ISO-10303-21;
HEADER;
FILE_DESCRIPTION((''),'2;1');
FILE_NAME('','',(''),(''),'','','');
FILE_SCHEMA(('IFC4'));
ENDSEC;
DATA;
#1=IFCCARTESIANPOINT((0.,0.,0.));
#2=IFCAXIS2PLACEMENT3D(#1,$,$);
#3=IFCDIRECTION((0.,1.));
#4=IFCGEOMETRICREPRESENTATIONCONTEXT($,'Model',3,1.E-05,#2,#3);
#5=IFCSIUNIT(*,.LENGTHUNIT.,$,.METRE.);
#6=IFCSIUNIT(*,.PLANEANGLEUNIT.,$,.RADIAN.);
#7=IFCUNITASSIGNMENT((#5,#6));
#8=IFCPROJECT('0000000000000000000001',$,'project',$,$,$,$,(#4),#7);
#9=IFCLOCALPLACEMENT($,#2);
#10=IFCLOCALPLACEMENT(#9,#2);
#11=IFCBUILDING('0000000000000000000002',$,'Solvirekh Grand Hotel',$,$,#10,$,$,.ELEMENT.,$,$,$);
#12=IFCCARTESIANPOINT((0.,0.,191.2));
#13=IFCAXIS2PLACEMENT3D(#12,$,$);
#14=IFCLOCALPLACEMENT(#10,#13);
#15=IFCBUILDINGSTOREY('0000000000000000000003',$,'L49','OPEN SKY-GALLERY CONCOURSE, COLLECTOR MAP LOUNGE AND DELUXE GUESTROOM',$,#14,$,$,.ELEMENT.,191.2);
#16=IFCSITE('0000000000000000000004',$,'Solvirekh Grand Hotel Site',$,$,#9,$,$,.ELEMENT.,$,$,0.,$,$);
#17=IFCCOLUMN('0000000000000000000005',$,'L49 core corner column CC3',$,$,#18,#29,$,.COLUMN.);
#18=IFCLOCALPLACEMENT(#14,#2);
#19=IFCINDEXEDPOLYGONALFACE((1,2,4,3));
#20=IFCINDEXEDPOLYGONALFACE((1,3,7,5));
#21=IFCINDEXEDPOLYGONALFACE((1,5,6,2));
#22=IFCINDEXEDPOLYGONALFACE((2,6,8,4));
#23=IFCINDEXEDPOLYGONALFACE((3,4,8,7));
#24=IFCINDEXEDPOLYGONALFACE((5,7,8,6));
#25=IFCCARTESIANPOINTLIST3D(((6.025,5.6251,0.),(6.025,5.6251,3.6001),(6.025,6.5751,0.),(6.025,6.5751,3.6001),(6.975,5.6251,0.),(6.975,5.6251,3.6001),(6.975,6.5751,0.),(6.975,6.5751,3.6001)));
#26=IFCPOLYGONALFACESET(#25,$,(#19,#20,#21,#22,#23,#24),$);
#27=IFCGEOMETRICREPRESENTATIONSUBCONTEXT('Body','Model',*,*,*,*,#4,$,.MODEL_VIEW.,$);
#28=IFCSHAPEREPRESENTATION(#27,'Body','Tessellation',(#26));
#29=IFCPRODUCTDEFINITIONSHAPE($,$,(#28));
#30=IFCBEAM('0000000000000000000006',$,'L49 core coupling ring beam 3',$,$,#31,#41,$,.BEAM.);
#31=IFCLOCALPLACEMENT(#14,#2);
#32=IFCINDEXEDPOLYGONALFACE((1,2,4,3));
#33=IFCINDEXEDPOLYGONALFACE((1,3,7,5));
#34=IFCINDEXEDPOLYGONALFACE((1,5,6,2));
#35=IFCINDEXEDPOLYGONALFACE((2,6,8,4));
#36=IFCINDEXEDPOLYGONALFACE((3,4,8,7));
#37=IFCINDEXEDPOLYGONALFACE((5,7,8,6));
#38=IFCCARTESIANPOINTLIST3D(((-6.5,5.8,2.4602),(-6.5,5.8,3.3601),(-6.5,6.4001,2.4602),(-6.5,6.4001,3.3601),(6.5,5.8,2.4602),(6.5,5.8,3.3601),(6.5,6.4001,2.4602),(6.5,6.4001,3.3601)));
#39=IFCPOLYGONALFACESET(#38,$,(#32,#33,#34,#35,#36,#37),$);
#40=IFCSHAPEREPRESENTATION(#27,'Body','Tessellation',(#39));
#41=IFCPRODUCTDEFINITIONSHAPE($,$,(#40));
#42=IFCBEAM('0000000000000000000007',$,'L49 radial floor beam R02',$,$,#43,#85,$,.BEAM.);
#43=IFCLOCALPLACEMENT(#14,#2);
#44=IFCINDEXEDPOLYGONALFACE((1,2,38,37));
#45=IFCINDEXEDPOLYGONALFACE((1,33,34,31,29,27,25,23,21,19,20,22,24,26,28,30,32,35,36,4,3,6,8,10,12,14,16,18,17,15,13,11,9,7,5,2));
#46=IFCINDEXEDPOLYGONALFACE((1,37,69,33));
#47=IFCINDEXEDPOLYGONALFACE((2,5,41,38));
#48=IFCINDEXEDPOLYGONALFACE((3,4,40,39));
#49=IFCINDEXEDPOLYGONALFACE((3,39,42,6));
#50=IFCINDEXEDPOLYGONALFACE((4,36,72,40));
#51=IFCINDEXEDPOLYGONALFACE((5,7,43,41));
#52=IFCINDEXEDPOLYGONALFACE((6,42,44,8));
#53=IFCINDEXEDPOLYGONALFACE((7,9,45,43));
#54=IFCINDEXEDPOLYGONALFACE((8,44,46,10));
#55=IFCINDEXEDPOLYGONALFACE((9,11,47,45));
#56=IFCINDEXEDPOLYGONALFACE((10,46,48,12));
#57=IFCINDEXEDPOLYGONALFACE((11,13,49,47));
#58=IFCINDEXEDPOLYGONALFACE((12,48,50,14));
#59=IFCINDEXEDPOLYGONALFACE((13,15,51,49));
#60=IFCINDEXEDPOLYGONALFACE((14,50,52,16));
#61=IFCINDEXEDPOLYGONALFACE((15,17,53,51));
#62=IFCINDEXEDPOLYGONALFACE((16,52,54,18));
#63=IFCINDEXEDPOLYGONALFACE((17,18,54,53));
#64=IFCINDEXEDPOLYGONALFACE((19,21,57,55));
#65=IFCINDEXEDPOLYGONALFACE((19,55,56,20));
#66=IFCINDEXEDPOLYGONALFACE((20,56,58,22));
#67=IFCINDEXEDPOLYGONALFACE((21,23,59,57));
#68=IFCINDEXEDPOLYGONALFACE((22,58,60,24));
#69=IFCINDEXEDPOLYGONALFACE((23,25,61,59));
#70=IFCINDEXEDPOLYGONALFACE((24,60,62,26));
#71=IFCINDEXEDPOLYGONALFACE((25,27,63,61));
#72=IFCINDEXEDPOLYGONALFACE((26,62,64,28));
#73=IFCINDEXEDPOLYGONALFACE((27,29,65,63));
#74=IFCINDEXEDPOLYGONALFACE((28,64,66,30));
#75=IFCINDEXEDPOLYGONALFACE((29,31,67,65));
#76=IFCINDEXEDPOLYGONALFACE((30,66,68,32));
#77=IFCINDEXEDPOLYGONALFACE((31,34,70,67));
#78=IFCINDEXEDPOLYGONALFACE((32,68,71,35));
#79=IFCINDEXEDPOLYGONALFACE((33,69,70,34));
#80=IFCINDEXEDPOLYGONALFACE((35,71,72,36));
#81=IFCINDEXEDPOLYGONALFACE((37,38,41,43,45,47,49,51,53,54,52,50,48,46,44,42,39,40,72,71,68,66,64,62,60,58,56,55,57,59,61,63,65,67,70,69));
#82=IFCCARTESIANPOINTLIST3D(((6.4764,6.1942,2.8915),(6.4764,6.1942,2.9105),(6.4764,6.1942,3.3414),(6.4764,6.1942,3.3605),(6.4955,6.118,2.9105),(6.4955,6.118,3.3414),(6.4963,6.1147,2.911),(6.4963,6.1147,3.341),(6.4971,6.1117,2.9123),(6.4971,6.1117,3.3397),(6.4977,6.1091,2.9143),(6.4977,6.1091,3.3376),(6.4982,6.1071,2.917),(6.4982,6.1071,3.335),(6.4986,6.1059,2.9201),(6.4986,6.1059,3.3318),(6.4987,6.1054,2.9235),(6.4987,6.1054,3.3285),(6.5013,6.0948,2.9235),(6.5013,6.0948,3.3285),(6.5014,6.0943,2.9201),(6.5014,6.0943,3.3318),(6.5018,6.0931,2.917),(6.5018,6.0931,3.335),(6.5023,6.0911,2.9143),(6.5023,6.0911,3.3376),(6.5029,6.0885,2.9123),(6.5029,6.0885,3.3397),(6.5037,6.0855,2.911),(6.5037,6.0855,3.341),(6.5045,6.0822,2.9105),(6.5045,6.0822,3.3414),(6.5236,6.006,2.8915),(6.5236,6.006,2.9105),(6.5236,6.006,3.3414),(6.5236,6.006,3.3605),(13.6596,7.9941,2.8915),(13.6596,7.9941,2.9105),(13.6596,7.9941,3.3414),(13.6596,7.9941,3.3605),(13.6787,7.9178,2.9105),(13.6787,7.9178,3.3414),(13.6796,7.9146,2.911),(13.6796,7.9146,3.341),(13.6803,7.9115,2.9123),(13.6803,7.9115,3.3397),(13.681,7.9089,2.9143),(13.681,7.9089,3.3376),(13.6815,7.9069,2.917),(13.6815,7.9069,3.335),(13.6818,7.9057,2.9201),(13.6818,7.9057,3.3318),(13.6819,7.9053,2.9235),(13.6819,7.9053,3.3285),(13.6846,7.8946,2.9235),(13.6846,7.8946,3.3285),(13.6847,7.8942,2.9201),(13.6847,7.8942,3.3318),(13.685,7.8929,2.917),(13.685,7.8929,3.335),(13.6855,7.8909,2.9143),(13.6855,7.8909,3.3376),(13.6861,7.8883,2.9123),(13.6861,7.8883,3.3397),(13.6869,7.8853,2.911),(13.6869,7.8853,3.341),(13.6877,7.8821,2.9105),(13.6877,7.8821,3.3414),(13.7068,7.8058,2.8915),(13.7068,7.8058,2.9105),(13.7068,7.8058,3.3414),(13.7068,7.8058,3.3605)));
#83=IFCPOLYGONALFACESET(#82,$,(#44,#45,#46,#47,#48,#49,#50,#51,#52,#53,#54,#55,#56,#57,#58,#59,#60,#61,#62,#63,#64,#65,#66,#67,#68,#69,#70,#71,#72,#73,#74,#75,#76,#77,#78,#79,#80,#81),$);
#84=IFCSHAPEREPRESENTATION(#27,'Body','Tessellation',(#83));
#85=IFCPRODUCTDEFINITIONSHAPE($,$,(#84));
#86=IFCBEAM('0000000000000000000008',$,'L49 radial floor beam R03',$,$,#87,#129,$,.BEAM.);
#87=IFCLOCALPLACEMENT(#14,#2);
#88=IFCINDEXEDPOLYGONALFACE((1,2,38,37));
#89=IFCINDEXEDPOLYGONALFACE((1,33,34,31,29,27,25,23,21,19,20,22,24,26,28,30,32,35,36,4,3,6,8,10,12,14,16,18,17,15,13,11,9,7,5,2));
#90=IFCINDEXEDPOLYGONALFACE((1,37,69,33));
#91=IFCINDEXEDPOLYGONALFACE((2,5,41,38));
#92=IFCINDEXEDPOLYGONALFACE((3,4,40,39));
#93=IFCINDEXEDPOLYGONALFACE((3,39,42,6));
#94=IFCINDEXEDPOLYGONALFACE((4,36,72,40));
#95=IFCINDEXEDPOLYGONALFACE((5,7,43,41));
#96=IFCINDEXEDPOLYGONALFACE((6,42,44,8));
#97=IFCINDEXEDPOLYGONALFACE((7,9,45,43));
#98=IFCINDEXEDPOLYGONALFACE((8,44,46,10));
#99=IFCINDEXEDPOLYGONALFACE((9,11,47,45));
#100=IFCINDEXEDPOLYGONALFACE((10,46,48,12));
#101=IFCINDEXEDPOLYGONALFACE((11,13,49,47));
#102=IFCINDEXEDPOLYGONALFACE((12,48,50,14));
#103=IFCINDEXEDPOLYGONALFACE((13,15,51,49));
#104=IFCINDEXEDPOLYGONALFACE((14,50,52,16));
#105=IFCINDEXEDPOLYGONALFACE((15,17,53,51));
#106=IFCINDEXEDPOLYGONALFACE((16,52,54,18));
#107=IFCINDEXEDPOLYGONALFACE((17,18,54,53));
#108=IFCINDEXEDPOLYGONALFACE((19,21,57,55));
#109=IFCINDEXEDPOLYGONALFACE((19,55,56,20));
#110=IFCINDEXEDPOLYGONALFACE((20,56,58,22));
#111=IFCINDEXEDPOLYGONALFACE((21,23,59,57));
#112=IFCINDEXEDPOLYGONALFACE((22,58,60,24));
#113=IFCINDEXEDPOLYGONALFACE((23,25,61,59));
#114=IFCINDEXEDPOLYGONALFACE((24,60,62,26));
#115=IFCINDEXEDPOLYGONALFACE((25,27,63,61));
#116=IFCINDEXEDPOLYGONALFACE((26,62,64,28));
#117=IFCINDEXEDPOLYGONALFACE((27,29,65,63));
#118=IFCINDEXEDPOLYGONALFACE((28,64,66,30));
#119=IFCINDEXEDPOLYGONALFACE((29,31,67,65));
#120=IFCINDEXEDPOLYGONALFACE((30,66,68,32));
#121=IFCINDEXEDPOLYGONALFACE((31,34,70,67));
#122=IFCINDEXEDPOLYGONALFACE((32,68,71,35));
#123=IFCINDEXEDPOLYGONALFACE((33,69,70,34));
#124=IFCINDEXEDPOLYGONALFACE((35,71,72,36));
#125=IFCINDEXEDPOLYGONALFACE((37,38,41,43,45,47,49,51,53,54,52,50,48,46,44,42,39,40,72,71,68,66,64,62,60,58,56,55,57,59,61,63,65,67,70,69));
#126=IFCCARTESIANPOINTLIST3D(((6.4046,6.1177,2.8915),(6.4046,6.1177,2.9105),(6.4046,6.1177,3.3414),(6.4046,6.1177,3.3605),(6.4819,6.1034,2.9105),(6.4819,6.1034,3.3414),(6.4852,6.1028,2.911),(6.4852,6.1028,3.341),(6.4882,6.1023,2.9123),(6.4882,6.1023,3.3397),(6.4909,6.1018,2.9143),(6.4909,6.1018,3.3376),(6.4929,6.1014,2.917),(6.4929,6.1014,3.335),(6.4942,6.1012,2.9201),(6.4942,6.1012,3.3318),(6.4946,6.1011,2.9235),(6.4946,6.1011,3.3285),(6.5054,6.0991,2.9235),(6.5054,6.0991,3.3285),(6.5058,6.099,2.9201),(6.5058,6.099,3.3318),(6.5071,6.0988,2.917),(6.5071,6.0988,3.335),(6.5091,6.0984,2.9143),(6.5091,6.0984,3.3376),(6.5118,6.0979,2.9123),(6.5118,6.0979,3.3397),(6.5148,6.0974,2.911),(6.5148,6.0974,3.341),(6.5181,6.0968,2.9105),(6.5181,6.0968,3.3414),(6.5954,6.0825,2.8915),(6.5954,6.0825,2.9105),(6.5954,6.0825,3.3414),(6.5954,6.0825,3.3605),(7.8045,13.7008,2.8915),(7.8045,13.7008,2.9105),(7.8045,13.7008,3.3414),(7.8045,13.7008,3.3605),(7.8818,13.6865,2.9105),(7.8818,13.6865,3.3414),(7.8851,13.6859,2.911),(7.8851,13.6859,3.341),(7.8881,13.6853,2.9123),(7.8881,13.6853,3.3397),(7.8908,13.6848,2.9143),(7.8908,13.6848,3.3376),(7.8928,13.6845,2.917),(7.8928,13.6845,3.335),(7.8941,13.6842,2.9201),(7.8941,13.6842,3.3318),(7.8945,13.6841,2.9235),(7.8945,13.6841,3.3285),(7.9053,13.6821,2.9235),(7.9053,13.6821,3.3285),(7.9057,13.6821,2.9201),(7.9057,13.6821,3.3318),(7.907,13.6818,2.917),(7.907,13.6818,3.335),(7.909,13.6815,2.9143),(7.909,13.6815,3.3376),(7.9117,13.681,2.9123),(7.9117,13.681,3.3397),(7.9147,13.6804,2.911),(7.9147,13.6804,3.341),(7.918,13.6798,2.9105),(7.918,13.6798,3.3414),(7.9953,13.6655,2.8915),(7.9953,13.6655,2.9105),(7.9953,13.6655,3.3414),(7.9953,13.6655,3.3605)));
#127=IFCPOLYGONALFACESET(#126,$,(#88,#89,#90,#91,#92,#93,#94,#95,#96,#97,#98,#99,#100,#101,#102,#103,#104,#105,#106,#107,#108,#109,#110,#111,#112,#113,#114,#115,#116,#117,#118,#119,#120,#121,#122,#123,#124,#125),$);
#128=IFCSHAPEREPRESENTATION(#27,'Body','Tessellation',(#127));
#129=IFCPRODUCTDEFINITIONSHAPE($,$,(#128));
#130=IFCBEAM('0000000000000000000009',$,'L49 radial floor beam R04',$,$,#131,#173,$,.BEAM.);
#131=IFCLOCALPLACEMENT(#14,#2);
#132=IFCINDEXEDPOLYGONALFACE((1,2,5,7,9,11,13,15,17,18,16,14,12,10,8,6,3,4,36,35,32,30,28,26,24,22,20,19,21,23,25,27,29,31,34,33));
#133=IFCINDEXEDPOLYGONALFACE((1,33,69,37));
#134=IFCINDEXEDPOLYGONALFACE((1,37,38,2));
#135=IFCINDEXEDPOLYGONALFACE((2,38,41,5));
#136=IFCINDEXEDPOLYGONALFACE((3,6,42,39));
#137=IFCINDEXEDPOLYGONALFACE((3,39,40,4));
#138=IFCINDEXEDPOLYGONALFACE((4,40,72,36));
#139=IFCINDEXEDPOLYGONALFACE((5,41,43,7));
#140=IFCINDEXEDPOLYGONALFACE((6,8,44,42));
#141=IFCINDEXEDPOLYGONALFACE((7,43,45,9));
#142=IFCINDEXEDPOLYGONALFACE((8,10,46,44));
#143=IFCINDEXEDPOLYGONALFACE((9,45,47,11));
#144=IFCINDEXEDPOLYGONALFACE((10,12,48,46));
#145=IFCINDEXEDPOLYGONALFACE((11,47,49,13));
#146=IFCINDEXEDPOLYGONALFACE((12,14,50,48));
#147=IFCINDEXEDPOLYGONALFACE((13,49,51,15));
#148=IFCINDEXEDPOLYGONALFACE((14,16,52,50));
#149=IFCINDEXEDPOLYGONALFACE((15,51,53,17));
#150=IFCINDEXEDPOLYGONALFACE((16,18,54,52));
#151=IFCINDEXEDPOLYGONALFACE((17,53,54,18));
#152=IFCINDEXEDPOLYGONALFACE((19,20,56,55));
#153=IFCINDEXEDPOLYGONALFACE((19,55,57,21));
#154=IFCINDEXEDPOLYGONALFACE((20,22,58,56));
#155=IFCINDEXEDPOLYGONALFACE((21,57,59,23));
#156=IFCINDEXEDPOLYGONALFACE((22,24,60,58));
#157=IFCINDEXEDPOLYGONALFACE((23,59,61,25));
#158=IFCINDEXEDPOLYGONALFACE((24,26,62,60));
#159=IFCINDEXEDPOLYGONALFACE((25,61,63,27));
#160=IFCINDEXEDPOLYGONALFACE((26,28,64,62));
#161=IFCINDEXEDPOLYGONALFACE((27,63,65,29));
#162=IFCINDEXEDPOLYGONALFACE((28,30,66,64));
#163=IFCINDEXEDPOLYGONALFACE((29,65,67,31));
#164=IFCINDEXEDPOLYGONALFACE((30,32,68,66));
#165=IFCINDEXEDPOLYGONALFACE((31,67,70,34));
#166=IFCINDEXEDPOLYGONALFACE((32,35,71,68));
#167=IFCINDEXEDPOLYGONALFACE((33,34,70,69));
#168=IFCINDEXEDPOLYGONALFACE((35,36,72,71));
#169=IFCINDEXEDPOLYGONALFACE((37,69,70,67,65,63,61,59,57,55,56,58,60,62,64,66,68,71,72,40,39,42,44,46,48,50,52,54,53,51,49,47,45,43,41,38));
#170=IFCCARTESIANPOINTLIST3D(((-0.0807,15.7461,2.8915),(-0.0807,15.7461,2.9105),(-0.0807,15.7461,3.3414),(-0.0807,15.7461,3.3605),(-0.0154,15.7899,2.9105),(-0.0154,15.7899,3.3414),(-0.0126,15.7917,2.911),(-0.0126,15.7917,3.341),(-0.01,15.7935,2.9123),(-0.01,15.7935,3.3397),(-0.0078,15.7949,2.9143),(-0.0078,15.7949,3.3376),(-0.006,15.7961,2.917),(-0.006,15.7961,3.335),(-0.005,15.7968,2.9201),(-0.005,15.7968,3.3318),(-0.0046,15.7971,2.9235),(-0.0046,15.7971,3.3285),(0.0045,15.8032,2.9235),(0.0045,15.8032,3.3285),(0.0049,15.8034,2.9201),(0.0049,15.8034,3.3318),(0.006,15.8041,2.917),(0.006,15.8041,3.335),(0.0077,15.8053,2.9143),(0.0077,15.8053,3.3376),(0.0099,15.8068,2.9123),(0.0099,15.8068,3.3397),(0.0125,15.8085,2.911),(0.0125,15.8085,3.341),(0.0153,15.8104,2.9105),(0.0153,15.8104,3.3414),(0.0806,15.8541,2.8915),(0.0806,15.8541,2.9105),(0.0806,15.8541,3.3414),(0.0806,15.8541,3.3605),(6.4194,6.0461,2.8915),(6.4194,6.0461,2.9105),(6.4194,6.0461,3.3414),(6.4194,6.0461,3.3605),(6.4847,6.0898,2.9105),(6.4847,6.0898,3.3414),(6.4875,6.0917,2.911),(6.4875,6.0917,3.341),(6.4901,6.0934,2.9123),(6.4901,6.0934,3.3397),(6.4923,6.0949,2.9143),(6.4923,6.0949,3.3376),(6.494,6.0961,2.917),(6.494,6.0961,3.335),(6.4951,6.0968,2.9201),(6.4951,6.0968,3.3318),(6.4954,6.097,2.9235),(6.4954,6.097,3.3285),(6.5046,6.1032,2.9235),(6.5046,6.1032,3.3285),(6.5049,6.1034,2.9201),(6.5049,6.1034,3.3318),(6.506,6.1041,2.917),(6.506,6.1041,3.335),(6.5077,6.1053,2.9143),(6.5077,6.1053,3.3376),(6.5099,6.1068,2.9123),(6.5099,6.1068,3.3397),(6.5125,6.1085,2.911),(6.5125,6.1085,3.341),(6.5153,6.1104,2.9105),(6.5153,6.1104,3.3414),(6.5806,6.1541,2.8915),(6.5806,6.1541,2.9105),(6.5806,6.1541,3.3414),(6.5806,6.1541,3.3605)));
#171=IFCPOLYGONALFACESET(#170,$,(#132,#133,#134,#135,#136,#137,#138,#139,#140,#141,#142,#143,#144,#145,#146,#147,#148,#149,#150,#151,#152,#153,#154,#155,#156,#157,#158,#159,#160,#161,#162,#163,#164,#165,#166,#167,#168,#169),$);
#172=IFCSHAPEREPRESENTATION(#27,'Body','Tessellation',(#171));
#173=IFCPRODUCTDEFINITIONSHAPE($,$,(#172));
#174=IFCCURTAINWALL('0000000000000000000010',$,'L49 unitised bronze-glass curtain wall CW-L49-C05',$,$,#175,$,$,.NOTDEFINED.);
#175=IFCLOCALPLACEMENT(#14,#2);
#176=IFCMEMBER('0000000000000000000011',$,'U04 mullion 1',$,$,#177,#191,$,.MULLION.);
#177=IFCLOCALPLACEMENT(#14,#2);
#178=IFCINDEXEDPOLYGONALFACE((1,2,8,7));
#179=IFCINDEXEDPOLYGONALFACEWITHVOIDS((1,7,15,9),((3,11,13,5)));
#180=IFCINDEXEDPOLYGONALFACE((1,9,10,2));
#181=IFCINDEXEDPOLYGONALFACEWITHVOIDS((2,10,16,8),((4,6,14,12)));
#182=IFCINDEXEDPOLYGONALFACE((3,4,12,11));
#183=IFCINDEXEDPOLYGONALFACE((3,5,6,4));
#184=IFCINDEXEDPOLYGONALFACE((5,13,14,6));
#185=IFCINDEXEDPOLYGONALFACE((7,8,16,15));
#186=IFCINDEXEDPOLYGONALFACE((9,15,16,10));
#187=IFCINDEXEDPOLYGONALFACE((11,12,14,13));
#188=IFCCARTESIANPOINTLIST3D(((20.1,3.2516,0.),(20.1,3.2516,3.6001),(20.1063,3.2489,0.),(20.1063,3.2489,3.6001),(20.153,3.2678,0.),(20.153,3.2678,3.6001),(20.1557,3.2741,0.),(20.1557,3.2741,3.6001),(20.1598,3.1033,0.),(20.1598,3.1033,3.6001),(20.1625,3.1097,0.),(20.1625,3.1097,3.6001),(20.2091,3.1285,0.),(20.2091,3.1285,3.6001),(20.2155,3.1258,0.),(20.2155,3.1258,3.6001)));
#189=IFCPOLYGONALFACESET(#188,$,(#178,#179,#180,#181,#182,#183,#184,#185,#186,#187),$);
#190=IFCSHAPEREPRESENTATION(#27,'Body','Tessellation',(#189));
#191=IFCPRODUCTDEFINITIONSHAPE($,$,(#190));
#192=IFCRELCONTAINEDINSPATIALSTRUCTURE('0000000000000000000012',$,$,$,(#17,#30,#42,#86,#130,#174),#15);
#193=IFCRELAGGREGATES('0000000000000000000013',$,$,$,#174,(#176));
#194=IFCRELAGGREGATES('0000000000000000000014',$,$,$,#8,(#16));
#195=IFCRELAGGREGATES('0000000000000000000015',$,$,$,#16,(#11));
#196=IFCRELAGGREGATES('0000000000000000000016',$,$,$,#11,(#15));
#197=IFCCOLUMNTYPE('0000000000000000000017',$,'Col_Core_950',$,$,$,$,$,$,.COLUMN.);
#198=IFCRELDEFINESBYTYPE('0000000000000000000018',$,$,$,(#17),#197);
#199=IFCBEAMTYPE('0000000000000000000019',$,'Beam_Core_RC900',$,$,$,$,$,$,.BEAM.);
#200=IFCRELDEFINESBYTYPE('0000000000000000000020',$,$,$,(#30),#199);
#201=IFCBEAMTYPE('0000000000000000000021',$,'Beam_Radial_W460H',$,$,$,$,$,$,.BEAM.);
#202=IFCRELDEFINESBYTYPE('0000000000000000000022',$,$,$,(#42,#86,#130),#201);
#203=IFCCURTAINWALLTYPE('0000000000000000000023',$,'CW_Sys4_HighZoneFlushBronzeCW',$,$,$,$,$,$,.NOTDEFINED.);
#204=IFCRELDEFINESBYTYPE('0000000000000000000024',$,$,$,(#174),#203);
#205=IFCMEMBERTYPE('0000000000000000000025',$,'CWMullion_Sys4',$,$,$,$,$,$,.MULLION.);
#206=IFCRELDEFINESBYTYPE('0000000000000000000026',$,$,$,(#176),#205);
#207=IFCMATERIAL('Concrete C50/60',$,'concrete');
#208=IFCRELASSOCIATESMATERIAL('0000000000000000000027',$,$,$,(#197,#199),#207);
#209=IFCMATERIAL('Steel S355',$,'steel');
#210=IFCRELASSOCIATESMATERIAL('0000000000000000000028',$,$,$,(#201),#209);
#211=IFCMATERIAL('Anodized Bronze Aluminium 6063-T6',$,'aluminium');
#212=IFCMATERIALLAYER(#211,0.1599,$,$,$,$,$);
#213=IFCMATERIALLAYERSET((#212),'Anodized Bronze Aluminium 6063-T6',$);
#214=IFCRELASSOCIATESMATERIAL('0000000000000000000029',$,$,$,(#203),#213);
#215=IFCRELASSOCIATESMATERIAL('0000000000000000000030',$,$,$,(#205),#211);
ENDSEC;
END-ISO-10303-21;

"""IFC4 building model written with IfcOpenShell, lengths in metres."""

from ifc_helpers import new_model, si_unit, direction, frame, origin, origin_2d, place, context, subcontext, project, spatial, rectangle, hollow_rectangle, i_section, extrude, source, transform, mapped, material, layer, layer_set, material_profile, profile_set, type_object, element, aggregate, save


model = new_model("IFC4")

# Units and contexts
model_context = context("Model", 3, precision=1e-05, world=origin(), true_north=direction((0.0, 1.0)))
body_context = subcontext(model_context, "Body", "Model", "MODEL_VIEW")
ifc_project = project(units=[si_unit("LENGTHUNIT", "METRE"), si_unit("PLANEANGLEUNIT", "RADIAN")], contexts=[model_context])

# Site, building, storey
site_placement = place(None, origin())
site = spatial("IfcSite", under=ifc_project, at=site_placement, Name="Solvirekh Grand Hotel Site", CompositionType="ELEMENT", RefElevation=0.0)
building_placement = place(site_placement, origin())
building = spatial("IfcBuilding", under=site, at=building_placement, Name="Solvirekh Grand Hotel", CompositionType="ELEMENT")
storey_placement = place(building_placement, frame((0.0, 0.0, 191.2)))
storey = spatial("IfcBuildingStorey", under=building, at=storey_placement, Name="L49", Description="OPEN SKY-GALLERY CONCOURSE, COLLECTOR MAP LOUNGE AND DELUXE GUESTROOM", CompositionType="ELEMENT", Elevation=191.2)

# Column
ifc_material_1 = material(Name="Concrete C50/60", Category="concrete")
ifc_material_profile_1 = material_profile(ifc_material_1, rectangle(XDim=0.95, YDim=0.95, at=origin_2d()), Name="RC 950X950")
ifc_profile_set_1 = profile_set([ifc_material_profile_1], Name="Concrete C50/60")
column_type = type_object("IfcColumnType", Name="Col_Core_950", PredefinedType="COLUMN", material=ifc_profile_set_1)
column_placement = place(storey_placement, frame((6.5, 6.1001, 0.0), z_axis=(0.0, 0.0, 1.0), x_axis=(1.0, 0.0, 0.0)))
element("IfcColumn", 1, at=column_placement, inside=storey, type_object=column_type, Name="L49 core corner column CC3", PredefinedType="COLUMN", context=body_context, shape_type="SweptSolid", body=[
    extrude(rectangle(XDim=0.95, YDim=0.95, at=origin_2d()), origin(), (0.0, 0.0, 1.0), 3.6001),
])

# Beams
ifc_material_profile_2 = material_profile(ifc_material_1, rectangle(XDim=0.6001, YDim=0.8999, at=origin_2d()), Name="RC BEAM 600X900")
ifc_profile_set_2 = profile_set([ifc_material_profile_2], Name="Concrete C50/60")
beam_type_1 = type_object("IfcBeamType", Name="Beam_Core_RC900", PredefinedType="BEAM", material=ifc_profile_set_2)
beam_1_placement = place(storey_placement, frame((6.5, 6.1001, 2.9102), z_axis=(-1.0, 0.0, 0.0), x_axis=(0.0, -1.0, 0.0)))
element("IfcBeam", 2, at=beam_1_placement, inside=storey, type_object=beam_type_1, Name="L49 core coupling ring beam 3", PredefinedType="BEAM", context=body_context, shape_type="SweptSolid", body=[
    extrude(rectangle(XDim=0.6001, YDim=0.8999, at=origin_2d()), origin(), (0.0, 0.0, 1.0), 13.0),
])
ifc_material_2 = material(Name="Steel S355", Category="steel")
ifc_material_profile_3 = material_profile(ifc_material_2, i_section(OverallWidth=0.1941, OverallDepth=0.469, WebThickness=0.011, FlangeThickness=0.019, FilletRadius=0.0129, at=origin_2d()), Name="W460X106")
ifc_profile_set_3 = profile_set([ifc_material_profile_3], Name="Steel S355")
beam_type_2 = type_object("IfcBeamType", Name="Beam_Radial_W460H", PredefinedType="BEAM", material=ifc_profile_set_3)
beam_2_placement = place(storey_placement, frame((6.5, 6.1001, 3.126), z_axis=(0.970014, 0.243048, 0.0), x_axis=(-0.243048, 0.970014, 0.0)))
element("IfcBeam", 3, at=beam_2_placement, inside=storey, type_object=beam_type_2, Name="L49 radial floor beam R02", PredefinedType="BEAM", context=body_context, shape_type="SweptSolid", body=[
    extrude(i_section(OverallWidth=0.1941, OverallDepth=0.469, WebThickness=0.011, FlangeThickness=0.019, FilletRadius=0.0129, at=origin_2d()), origin(), (0.0, 0.0, 1.0), 7.4053),
])
beam_3_placement = place(storey_placement, frame((6.5, 6.1001, 3.126), z_axis=(0.181543, 0.983383, 0.0), x_axis=(-0.983383, 0.181543, 0.0)))
element("IfcBeam", 4, at=beam_3_placement, inside=storey, type_object=beam_type_2, Name="L49 radial floor beam R03", PredefinedType="BEAM", context=body_context, shape_type="SweptSolid", body=[
    extrude(i_section(OverallWidth=0.1941, OverallDepth=0.469, WebThickness=0.011, FlangeThickness=0.019, FilletRadius=0.0129, at=origin_2d()), origin(), (0.0, 0.0, 1.0), 7.7112),
])
beam_4_placement = place(storey_placement, frame((6.5, 6.1001, 3.126), z_axis=(-0.556677, 0.830729, 0.0), x_axis=(-0.830729, -0.556677, 0.0)))
element("IfcBeam", 5, at=beam_4_placement, inside=storey, type_object=beam_type_2, Name="L49 radial floor beam R04", PredefinedType="BEAM", context=body_context, shape_type="SweptSolid", body=[
    extrude(i_section(OverallWidth=0.1941, OverallDepth=0.469, WebThickness=0.011, FlangeThickness=0.019, FilletRadius=0.0129, at=origin_2d()), origin(), (0.0, 0.0, 1.0), 11.6765),
])

# Curtain wall, member
ifc_material_3 = material(Name="Anodized Bronze Aluminium 6063-T6", Category="aluminium")
ifc_layer_1 = layer(ifc_material_3, 0.1599)
ifc_layer_set_1 = layer_set([ifc_layer_1], Name="Anodized Bronze Aluminium 6063-T6")
curtain_wall_type = type_object("IfcCurtainWallType", Name="CW_Sys4_HighZoneFlushBronzeCW", PredefinedType="NOTDEFINED", material=ifc_layer_set_1)
curtain_wall_placement = place(storey_placement, origin())
curtain_wall = element("IfcCurtainWall", 6, at=curtain_wall_placement, inside=storey, type_object=curtain_wall_type, Name="L49 unitised bronze-glass curtain wall CW-L49-C05", PredefinedType="NOTDEFINED")
ifc_material_profile_4 = material_profile(ifc_material_3, hollow_rectangle(XDim=0.0601, YDim=0.1599, WallThickness=0.0049, at=origin_2d()), Name="ALU RHS 160X60X5")
ifc_profile_set_4 = profile_set([ifc_material_profile_4], Name="Anodized Bronze Aluminium 6063-T6")
member_type_1 = type_object("IfcMemberType", Name="CWMullion_Sys4", PredefinedType="MULLION", material=ifc_profile_set_4)
shared_shape_1 = source(origin(), body_context, "Body", "SweptSolid", [
    extrude(hollow_rectangle(XDim=0.0601, YDim=0.1599, WallThickness=0.0049, at=origin_2d()), origin(), (0.0, 0.0, 1.0), 3.6001),
])
member_1_placement = place(storey_placement, frame((20.1577, 3.1887, 0.0), z_axis=(0.0, 0.0, 1.0), x_axis=(-0.927416, -0.374032, 0.0)))
member_1 = element("IfcMember", 7, at=member_1_placement, type_object=member_type_1, Name="U04 mullion 1", PredefinedType="MULLION", context=body_context, shape_type="MappedRepresentation", body=[
    mapped(shared_shape_1, transform((0.0, 0.0, 0.0), x_axis=(1.0, 0.0, 0.0), y_axis=(0.0, 1.0, 0.0), z_axis=(0.0, 0.0, 1.0), scale=1.0)),
])
aggregate(curtain_wall, [member_1])

save(model, "model.ifc")
